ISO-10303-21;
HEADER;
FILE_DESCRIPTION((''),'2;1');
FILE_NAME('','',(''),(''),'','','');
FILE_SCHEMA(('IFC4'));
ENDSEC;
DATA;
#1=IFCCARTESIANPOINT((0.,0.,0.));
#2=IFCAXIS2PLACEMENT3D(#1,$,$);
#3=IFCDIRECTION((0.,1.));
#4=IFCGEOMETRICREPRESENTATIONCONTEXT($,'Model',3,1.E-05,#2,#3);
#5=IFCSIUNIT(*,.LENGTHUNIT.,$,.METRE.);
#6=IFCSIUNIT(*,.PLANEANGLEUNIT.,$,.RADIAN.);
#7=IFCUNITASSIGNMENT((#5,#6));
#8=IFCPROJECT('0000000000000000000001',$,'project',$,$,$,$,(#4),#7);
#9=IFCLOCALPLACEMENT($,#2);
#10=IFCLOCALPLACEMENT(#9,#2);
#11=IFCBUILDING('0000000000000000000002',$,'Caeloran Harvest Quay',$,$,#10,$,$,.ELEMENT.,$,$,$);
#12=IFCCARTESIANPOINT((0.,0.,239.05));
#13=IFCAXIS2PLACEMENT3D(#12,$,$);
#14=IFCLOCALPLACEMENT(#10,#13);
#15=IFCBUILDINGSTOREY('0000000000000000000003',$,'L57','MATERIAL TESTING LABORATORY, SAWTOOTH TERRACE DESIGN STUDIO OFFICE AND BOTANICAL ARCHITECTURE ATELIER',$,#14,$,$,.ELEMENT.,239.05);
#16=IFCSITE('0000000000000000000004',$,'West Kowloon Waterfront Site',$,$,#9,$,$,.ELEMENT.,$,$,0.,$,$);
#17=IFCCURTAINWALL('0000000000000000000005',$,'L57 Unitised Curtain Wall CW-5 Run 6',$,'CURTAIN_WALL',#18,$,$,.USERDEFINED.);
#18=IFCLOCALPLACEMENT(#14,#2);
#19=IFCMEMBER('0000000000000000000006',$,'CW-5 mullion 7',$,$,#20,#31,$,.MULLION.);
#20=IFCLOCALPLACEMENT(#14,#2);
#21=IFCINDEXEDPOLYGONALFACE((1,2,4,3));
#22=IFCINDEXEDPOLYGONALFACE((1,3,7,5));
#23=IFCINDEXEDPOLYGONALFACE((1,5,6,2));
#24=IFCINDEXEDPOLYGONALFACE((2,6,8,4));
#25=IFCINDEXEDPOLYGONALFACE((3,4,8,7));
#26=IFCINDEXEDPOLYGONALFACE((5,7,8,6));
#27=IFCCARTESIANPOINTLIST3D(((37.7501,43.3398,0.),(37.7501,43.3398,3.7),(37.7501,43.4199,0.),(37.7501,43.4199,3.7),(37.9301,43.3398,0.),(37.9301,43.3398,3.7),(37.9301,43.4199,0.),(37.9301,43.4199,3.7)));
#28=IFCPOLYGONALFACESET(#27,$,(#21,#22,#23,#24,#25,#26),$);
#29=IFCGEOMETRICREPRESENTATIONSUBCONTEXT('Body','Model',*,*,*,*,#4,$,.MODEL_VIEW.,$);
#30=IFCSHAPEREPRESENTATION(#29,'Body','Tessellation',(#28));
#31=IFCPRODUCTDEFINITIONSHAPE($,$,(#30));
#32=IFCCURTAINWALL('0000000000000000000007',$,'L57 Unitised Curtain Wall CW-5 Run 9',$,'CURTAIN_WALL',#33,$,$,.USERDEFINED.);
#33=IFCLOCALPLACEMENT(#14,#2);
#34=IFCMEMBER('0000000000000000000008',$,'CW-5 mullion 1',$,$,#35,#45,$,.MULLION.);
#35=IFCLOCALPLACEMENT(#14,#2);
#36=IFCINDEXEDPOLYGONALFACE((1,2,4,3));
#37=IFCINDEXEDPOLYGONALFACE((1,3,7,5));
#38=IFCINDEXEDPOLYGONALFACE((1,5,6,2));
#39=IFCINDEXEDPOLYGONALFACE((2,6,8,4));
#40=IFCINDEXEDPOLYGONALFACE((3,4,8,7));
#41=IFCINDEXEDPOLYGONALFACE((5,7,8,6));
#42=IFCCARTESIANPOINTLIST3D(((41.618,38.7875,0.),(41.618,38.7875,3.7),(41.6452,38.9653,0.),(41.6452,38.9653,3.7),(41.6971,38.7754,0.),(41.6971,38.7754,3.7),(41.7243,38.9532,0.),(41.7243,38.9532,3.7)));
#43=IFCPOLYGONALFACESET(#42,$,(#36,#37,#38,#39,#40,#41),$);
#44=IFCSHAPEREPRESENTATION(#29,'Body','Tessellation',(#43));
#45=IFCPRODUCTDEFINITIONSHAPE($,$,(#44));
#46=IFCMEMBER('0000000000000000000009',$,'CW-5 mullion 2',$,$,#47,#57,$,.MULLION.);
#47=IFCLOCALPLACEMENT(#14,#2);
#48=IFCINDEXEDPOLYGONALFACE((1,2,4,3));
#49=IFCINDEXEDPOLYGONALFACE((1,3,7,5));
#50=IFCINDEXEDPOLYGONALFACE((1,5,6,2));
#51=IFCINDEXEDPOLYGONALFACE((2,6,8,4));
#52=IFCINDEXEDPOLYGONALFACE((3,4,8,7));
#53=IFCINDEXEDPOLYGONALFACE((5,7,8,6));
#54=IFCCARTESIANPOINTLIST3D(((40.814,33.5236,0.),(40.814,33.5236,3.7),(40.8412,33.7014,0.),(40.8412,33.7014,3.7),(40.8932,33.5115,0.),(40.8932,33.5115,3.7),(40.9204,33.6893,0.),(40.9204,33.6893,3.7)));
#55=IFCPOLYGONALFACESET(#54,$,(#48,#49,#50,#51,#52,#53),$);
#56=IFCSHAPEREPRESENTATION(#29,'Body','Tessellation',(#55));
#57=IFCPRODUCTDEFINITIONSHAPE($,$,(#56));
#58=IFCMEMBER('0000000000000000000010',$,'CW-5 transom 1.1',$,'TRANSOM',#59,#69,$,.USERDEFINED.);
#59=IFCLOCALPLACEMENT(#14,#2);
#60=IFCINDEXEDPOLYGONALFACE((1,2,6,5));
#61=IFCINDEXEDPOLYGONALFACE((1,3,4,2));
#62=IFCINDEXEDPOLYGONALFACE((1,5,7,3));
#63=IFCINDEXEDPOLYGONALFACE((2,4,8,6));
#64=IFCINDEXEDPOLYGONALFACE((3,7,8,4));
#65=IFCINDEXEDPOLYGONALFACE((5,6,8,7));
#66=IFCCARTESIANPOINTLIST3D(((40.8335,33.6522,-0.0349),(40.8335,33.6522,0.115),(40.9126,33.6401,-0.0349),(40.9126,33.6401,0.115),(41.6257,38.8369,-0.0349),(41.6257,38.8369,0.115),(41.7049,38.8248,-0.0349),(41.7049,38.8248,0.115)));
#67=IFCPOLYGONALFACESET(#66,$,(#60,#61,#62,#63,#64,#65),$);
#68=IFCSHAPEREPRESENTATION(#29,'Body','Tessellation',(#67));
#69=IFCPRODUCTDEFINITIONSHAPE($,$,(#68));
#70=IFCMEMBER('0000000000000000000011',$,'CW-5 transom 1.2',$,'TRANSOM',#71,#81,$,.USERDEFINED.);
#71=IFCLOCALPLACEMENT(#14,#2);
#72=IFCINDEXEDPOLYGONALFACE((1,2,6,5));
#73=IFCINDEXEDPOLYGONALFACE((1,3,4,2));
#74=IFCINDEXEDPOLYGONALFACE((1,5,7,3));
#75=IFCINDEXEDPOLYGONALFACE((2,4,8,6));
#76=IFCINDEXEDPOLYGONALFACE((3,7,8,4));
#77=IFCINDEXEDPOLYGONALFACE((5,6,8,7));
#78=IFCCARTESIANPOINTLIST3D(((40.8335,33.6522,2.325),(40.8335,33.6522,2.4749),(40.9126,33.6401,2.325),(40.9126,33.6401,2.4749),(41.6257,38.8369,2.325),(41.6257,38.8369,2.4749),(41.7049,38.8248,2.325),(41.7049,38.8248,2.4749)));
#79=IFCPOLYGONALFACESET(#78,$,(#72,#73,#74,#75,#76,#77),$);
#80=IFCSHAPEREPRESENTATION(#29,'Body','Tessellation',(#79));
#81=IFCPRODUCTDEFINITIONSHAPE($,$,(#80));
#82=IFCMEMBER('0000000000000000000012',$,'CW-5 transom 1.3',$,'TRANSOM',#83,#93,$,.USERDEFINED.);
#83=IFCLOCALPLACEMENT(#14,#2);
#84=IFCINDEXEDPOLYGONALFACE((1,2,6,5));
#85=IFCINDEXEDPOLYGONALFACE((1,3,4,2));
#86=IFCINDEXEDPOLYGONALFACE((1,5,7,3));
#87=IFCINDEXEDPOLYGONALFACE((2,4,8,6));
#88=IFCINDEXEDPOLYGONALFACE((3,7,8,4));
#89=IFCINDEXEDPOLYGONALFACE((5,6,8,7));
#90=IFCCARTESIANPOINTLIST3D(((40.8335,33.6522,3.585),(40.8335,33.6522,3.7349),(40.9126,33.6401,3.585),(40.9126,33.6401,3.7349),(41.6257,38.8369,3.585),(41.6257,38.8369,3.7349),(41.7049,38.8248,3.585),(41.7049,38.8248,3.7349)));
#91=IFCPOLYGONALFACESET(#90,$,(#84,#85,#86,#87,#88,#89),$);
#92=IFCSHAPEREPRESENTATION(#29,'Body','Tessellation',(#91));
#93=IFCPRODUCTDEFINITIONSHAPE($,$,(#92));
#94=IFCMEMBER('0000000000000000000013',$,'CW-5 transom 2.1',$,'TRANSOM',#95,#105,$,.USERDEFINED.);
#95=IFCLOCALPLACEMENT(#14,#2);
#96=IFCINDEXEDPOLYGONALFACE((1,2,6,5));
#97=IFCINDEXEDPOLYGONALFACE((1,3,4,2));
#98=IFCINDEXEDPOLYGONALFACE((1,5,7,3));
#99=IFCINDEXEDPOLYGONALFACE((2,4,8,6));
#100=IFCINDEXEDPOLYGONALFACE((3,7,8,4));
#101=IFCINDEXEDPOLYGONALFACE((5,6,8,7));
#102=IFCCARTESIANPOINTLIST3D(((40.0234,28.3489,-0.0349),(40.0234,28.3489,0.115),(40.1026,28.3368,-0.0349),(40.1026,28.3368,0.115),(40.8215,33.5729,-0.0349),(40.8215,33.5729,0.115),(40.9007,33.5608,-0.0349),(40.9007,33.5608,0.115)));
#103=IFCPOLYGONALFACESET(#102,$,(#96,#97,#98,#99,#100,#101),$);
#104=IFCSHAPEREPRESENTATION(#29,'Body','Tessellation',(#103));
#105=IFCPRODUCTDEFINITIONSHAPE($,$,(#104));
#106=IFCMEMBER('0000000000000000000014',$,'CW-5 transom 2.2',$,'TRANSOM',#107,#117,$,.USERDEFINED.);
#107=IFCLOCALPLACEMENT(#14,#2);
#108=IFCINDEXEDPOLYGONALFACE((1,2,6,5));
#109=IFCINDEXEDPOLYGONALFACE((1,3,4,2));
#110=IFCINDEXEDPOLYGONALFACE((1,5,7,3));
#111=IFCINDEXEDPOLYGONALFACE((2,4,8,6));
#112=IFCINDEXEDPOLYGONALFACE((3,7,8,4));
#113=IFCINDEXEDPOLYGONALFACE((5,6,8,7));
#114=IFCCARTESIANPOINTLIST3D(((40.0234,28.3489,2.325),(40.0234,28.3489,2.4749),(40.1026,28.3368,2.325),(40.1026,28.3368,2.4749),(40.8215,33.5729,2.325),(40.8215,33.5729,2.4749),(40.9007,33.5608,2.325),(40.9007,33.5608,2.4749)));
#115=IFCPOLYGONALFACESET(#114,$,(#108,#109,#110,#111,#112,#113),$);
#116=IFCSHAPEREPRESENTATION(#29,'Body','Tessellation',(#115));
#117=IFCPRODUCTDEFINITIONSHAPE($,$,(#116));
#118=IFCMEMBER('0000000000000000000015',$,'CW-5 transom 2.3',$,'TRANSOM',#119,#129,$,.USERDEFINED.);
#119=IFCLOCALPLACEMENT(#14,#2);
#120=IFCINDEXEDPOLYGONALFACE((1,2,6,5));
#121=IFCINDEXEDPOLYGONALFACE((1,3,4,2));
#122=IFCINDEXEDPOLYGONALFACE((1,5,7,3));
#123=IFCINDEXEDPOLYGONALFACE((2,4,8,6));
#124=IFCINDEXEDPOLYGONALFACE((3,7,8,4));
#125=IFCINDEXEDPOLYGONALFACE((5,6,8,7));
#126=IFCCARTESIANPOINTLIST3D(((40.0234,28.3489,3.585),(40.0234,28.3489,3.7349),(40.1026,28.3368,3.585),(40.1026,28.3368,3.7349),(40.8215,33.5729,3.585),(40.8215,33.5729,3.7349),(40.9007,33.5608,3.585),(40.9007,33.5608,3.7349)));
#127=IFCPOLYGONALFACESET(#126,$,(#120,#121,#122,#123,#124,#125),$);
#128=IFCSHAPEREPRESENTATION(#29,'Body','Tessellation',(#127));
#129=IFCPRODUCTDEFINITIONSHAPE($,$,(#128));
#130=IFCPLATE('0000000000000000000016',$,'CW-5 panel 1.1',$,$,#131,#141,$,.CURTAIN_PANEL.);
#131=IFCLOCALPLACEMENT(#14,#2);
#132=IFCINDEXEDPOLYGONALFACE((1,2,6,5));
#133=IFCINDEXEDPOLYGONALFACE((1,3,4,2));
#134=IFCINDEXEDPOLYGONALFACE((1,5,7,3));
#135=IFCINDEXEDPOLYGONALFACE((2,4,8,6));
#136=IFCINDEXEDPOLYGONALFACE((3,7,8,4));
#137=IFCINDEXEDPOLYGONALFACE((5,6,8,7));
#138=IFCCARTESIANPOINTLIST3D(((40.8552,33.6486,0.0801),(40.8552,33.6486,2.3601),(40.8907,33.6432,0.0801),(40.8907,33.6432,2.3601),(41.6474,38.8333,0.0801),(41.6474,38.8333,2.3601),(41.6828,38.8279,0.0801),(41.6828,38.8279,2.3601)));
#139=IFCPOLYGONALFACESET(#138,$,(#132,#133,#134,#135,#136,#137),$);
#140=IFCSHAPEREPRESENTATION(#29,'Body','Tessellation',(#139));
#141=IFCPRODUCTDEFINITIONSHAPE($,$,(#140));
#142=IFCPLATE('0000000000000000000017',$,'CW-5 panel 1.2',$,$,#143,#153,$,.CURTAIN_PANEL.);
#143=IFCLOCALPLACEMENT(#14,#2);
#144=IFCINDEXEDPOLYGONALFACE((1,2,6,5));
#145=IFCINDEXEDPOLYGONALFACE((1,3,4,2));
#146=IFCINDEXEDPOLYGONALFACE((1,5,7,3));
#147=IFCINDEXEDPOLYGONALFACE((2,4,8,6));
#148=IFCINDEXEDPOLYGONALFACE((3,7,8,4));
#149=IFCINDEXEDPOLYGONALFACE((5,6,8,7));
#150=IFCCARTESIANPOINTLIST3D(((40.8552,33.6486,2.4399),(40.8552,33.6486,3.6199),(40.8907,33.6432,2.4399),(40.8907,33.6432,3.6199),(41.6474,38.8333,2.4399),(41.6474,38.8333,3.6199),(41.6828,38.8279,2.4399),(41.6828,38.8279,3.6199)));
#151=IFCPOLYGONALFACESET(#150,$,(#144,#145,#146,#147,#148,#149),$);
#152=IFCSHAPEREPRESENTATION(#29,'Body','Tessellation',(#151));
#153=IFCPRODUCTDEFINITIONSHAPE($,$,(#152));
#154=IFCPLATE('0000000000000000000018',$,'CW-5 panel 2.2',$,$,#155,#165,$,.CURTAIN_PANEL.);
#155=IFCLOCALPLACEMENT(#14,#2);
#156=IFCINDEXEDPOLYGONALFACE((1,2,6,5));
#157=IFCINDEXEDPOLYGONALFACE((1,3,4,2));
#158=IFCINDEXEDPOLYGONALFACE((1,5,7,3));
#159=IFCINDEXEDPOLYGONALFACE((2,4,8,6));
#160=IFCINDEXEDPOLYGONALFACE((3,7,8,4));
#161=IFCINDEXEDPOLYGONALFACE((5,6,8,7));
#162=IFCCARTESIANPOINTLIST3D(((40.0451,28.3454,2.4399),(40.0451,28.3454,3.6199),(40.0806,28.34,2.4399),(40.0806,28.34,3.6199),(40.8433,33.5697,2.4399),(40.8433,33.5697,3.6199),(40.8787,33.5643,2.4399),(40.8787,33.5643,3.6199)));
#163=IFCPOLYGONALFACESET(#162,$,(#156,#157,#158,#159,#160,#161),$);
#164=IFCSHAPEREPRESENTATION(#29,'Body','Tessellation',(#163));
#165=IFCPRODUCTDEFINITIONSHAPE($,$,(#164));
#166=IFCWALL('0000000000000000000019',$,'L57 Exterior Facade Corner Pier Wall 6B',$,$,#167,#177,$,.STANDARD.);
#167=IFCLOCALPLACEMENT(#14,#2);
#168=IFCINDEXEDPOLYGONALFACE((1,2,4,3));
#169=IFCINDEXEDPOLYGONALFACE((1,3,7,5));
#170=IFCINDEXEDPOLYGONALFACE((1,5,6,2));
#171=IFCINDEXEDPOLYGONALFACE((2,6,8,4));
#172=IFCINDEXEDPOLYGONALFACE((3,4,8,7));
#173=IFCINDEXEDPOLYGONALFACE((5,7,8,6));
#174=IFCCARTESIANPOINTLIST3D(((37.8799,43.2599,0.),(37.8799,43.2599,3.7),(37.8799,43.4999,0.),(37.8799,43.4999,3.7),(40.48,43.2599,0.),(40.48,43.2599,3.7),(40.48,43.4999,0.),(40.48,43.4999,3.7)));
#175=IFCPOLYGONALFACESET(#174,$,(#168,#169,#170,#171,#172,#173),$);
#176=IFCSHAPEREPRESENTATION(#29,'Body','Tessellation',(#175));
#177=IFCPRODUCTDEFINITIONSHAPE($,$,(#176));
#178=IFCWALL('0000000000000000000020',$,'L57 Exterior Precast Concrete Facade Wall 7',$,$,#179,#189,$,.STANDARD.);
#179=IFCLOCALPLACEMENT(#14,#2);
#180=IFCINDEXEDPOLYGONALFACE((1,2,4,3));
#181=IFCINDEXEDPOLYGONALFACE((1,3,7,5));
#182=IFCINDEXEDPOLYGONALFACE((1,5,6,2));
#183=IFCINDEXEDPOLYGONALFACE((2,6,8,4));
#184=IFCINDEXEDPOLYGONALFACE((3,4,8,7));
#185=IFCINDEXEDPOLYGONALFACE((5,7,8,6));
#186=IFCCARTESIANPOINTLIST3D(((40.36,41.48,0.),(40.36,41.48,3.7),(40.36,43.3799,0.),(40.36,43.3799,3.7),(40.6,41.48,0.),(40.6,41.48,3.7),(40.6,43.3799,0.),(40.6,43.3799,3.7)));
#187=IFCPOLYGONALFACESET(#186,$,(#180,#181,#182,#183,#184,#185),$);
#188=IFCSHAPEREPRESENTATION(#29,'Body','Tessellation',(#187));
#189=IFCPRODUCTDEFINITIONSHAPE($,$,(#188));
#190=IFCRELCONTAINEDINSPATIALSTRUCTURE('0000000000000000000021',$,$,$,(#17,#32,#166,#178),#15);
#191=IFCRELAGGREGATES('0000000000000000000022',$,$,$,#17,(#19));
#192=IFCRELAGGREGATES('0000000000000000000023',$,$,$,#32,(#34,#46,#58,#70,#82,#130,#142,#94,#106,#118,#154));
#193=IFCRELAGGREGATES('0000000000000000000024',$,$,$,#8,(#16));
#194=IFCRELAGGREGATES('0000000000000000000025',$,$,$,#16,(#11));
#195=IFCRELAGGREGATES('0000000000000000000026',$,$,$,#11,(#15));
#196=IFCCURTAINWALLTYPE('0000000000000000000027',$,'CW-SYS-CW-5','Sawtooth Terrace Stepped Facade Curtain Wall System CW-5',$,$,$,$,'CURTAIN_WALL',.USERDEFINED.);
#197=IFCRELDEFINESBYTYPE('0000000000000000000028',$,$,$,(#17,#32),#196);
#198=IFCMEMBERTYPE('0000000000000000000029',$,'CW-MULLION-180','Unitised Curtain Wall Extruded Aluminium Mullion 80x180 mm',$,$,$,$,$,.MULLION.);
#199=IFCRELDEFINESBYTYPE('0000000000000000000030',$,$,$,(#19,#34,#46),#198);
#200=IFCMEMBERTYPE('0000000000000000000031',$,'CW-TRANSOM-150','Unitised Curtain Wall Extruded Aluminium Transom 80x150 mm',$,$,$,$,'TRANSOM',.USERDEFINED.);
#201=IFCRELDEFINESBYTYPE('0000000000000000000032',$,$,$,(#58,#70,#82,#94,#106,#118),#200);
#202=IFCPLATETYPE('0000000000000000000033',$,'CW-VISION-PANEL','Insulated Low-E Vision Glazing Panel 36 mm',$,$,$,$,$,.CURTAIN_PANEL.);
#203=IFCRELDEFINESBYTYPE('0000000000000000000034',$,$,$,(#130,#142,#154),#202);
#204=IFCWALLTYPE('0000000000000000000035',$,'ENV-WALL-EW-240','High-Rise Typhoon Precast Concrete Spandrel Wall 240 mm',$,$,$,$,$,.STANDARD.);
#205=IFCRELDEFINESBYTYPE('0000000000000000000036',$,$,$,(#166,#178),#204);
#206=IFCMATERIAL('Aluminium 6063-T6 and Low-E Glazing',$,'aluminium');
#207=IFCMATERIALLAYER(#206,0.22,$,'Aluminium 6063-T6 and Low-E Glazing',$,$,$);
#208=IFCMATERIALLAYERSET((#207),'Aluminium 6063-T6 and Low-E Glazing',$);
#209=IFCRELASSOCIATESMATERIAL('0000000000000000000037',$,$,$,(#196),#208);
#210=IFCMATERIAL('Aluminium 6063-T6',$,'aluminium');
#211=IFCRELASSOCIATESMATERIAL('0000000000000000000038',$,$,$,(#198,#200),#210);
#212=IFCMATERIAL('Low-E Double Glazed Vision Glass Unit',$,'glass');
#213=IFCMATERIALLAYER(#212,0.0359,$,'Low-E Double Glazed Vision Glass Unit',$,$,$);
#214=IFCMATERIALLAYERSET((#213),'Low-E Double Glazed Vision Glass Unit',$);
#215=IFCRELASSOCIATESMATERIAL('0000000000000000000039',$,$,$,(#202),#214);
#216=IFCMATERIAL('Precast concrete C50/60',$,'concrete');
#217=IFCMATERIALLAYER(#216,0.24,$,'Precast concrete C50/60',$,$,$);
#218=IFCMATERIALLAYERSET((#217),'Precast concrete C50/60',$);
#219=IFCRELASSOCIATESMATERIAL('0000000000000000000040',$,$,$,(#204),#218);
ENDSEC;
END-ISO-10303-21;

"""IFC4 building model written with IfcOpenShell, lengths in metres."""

from ifc_helpers import new_model, si_unit, direction, frame, frame_2d, origin, origin_2d, place, context, subcontext, project, spatial, rectangle, extrude, material, layer, layer_set, material_profile, profile_set, type_object, element, aggregate, save


model = new_model("IFC4")

# Units and contexts
model_context = context("Model", 3, precision=1e-05, world=origin(), true_north=direction((0.0, 1.0)))
body_context = subcontext(model_context, "Body", "Model", "MODEL_VIEW")
ifc_project = project(units=[si_unit("LENGTHUNIT", "METRE"), si_unit("PLANEANGLEUNIT", "RADIAN")], contexts=[model_context])

# Site, building, storey
site_placement = place(None, origin())
site = spatial("IfcSite", under=ifc_project, at=site_placement, Name="West Kowloon Waterfront Site", CompositionType="ELEMENT", RefElevation=0.0)
building_placement = place(site_placement, origin())
building = spatial("IfcBuilding", under=site, at=building_placement, Name="Caeloran Harvest Quay", CompositionType="ELEMENT")
storey_placement = place(building_placement, frame((0.0, 0.0, 239.05)))
storey = spatial("IfcBuildingStorey", under=building, at=storey_placement, Name="L57", Description="MATERIAL TESTING LABORATORY, SAWTOOTH TERRACE DESIGN STUDIO OFFICE AND BOTANICAL ARCHITECTURE ATELIER", CompositionType="ELEMENT", Elevation=239.05)

# Curtain wall, member
ifc_material_1 = material(Name="Aluminium 6063-T6 and Low-E Glazing", Category="aluminium")
ifc_layer_1 = layer(ifc_material_1, 0.22, Name="Aluminium 6063-T6 and Low-E Glazing")
ifc_layer_set_1 = layer_set([ifc_layer_1], Name="Aluminium 6063-T6 and Low-E Glazing")
curtain_wall_type = type_object("IfcCurtainWallType", Name="CW-SYS-CW-5", Description="Sawtooth Terrace Stepped Facade Curtain Wall System CW-5", ElementType="CURTAIN_WALL", PredefinedType="USERDEFINED", material=ifc_layer_set_1)
curtain_wall_1_placement = place(storey_placement, origin())
curtain_wall_1 = element("IfcCurtainWall", 1, at=curtain_wall_1_placement, inside=storey, type_object=curtain_wall_type, Name="L57 Unitised Curtain Wall CW-5 Run 6", ObjectType="CURTAIN_WALL", PredefinedType="USERDEFINED")
ifc_material_2 = material(Name="Aluminium 6063-T6", Category="aluminium")
ifc_material_profile_1 = material_profile(ifc_material_2, rectangle(XDim=0.0801, YDim=0.1799, at=origin_2d()), Name="CW-MULLION-180")
ifc_profile_set_1 = profile_set([ifc_material_profile_1], Name="Aluminium 6063-T6")
member_type_1 = type_object("IfcMemberType", Name="CW-MULLION-180", Description="Unitised Curtain Wall Extruded Aluminium Mullion 80x180 mm", PredefinedType="MULLION", material=ifc_profile_set_1)
member_1_placement = place(storey_placement, frame((37.8401, 43.3799, 0.0), z_axis=(0.0, 0.0, 1.0), x_axis=(0.0, 1.0, 0.0)))
member_1 = element("IfcMember", 2, at=member_1_placement, type_object=member_type_1, Name="CW-5 mullion 7", PredefinedType="MULLION", context=body_context, shape_type="SweptSolid", body=[
    extrude(rectangle(XDim=0.0801, YDim=0.1799, at=origin_2d()), origin(), (0.0, 0.0, 1.0), 3.7),
])
aggregate(curtain_wall_1, [member_1])

# Curtain wall, members, plates
curtain_wall_2_placement = place(storey_placement, origin())
curtain_wall_2 = element("IfcCurtainWall", 3, at=curtain_wall_2_placement, inside=storey, type_object=curtain_wall_type, Name="L57 Unitised Curtain Wall CW-5 Run 9", ObjectType="CURTAIN_WALL", PredefinedType="USERDEFINED")
member_2_placement = place(storey_placement, frame((41.6711, 38.8704, 0.0), z_axis=(0.0, 0.0, 1.0), x_axis=(0.98853, -0.151028, 0.0)))
member_2 = element("IfcMember", 4, at=member_2_placement, type_object=member_type_1, Name="CW-5 mullion 1", PredefinedType="MULLION", context=body_context, shape_type="SweptSolid", body=[
    extrude(rectangle(XDim=0.0801, YDim=0.1799, at=origin_2d()), origin(), (0.0, 0.0, 1.0), 3.7),
])
member_3_placement = place(storey_placement, frame((40.8672, 33.6064, 0.0), z_axis=(0.0, 0.0, 1.0), x_axis=(0.98853, -0.151028, 0.0)))
member_3 = element("IfcMember", 5, at=member_3_placement, type_object=member_type_1, Name="CW-5 mullion 2", PredefinedType="MULLION", context=body_context, shape_type="SweptSolid", body=[
    extrude(rectangle(XDim=0.0801, YDim=0.1799, at=origin_2d()), origin(), (0.0, 0.0, 1.0), 3.7),
])
ifc_material_profile_2 = material_profile(ifc_material_2, rectangle(XDim=0.0801, YDim=0.1499, at=origin_2d()), Name="CW-TRANSOM-150")
ifc_profile_set_2 = profile_set([ifc_material_profile_2], Name="Aluminium 6063-T6")
member_type_2 = type_object("IfcMemberType", Name="CW-TRANSOM-150", Description="Unitised Curtain Wall Extruded Aluminium Transom 80x150 mm", ElementType="TRANSOM", PredefinedType="USERDEFINED", material=ifc_profile_set_2)
member_4_placement = place(storey_placement, frame((41.6653, 38.8308, 0.04), z_axis=(-0.151046, -0.988527, 0.0), x_axis=(0.988527, -0.151046, 0.0)))
member_4 = element("IfcMember", 6, at=member_4_placement, type_object=member_type_2, Name="CW-5 transom 1.1", ObjectType="TRANSOM", PredefinedType="USERDEFINED", context=body_context, shape_type="SweptSolid", body=[
    extrude(rectangle(XDim=0.0801, YDim=0.1499, at=origin_2d()), origin(), (0.0, 0.0, 1.0), 5.2449),
])
member_5_placement = place(storey_placement, frame((41.6653, 38.8308, 2.3999), z_axis=(-0.151046, -0.988527, 0.0), x_axis=(0.988527, -0.151046, 0.0)))
member_5 = element("IfcMember", 7, at=member_5_placement, type_object=member_type_2, Name="CW-5 transom 1.2", ObjectType="TRANSOM", PredefinedType="USERDEFINED", context=body_context, shape_type="SweptSolid", body=[
    extrude(rectangle(XDim=0.0801, YDim=0.1499, at=origin_2d()), origin(), (0.0, 0.0, 1.0), 5.2449),
])
member_6_placement = place(storey_placement, frame((41.6653, 38.8308, 3.6599), z_axis=(-0.151046, -0.988527, 0.0), x_axis=(0.988527, -0.151046, 0.0)))
member_6 = element("IfcMember", 8, at=member_6_placement, type_object=member_type_2, Name="CW-5 transom 1.3", ObjectType="TRANSOM", PredefinedType="USERDEFINED", context=body_context, shape_type="SweptSolid", body=[
    extrude(rectangle(XDim=0.0801, YDim=0.1499, at=origin_2d()), origin(), (0.0, 0.0, 1.0), 5.2449),
])
member_7_placement = place(storey_placement, frame((40.8611, 33.5669, 0.04), z_axis=(-0.151019, -0.988531, 0.0), x_axis=(0.988531, -0.151019, 0.0)))
member_7 = element("IfcMember", 9, at=member_7_placement, type_object=member_type_2, Name="CW-5 transom 2.1", ObjectType="TRANSOM", PredefinedType="USERDEFINED", context=body_context, shape_type="SweptSolid", body=[
    extrude(rectangle(XDim=0.0801, YDim=0.1499, at=origin_2d()), origin(), (0.0, 0.0, 1.0), 5.2847),
])
member_8_placement = place(storey_placement, frame((40.8611, 33.5669, 2.3999), z_axis=(-0.151019, -0.988531, 0.0), x_axis=(0.988531, -0.151019, 0.0)))
member_8 = element("IfcMember", 10, at=member_8_placement, type_object=member_type_2, Name="CW-5 transom 2.2", ObjectType="TRANSOM", PredefinedType="USERDEFINED", context=body_context, shape_type="SweptSolid", body=[
    extrude(rectangle(XDim=0.0801, YDim=0.1499, at=origin_2d()), origin(), (0.0, 0.0, 1.0), 5.2847),
])
member_9_placement = place(storey_placement, frame((40.8611, 33.5669, 3.6599), z_axis=(-0.151019, -0.988531, 0.0), x_axis=(0.988531, -0.151019, 0.0)))
member_9 = element("IfcMember", 11, at=member_9_placement, type_object=member_type_2, Name="CW-5 transom 2.3", ObjectType="TRANSOM", PredefinedType="USERDEFINED", context=body_context, shape_type="SweptSolid", body=[
    extrude(rectangle(XDim=0.0801, YDim=0.1499, at=origin_2d()), origin(), (0.0, 0.0, 1.0), 5.2847),
])
ifc_material_3 = material(Name="Low-E Double Glazed Vision Glass Unit", Category="glass")
ifc_layer_2 = layer(ifc_material_3, 0.0359, Name="Low-E Double Glazed Vision Glass Unit")
ifc_layer_set_2 = layer_set([ifc_layer_2], Name="Low-E Double Glazed Vision Glass Unit")
plate_type = type_object("IfcPlateType", Name="CW-VISION-PANEL", Description="Insulated Low-E Vision Glazing Panel 36 mm", PredefinedType="CURTAIN_PANEL", material=ifc_layer_set_2)
plate_1_placement = place(storey_placement, frame((41.269, 36.2383, 0.0801), z_axis=(0.0, 0.0, 1.0), x_axis=(-0.151028, -0.98853, 0.0)))
plate_1 = element("IfcPlate", 12, at=plate_1_placement, type_object=plate_type, Name="CW-5 panel 1.1", PredefinedType="CURTAIN_PANEL", context=body_context, shape_type="SweptSolid", body=[
    extrude(rectangle(XDim=5.2449, YDim=0.0359, at=origin_2d()), origin(), (0.0, 0.0, 1.0), 2.28),
])
plate_2_placement = place(storey_placement, frame((41.269, 36.2383, 2.4399), z_axis=(0.0, 0.0, 1.0), x_axis=(-0.151028, -0.98853, 0.0)))
plate_2 = element("IfcPlate", 13, at=plate_2_placement, type_object=plate_type, Name="CW-5 panel 1.2", PredefinedType="CURTAIN_PANEL", context=body_context, shape_type="SweptSolid", body=[
    extrude(rectangle(XDim=5.2449, YDim=0.0359, at=origin_2d()), origin(), (0.0, 0.0, 1.0), 1.1799),
])
plate_3_placement = place(storey_placement, frame((40.4619, 30.9548, 2.4399), z_axis=(0.0, 0.0, 1.0), x_axis=(-0.151028, -0.98853, 0.0)))
plate_3 = element("IfcPlate", 14, at=plate_3_placement, type_object=plate_type, Name="CW-5 panel 2.2", PredefinedType="CURTAIN_PANEL", context=body_context, shape_type="SweptSolid", body=[
    extrude(rectangle(XDim=5.2849, YDim=0.0359, at=origin_2d()), origin(), (0.0, 0.0, 1.0), 1.1799),
])
aggregate(curtain_wall_2, [member_2, member_3, member_4, member_5, member_6, plate_1, plate_2, member_7, member_8, member_9, plate_3])

# Walls
ifc_material_4 = material(Name="Precast concrete C50/60", Category="concrete")
ifc_layer_3 = layer(ifc_material_4, 0.24, Name="Precast concrete C50/60")
ifc_layer_set_3 = layer_set([ifc_layer_3], Name="Precast concrete C50/60")
wall_type_1 = type_object("IfcWallType", Name="ENV-WALL-EW-240", Description="High-Rise Typhoon Precast Concrete Spandrel Wall 240 mm", PredefinedType="STANDARD", material=ifc_layer_set_3)
wall_1_placement = place(storey_placement, frame((37.8799, 43.3799, 0.0), z_axis=(0.0, 0.0, 1.0), x_axis=(1.0, 0.0, 0.0)))
element("IfcWall", 15, at=wall_1_placement, inside=storey, type_object=wall_type_1, Name="L57 Exterior Facade Corner Pier Wall 6B", PredefinedType="STANDARD", context=body_context, shape_type="SweptSolid", body=[
    extrude(rectangle(XDim=2.6001, YDim=0.24, at=frame_2d((1.3, 0.0))), origin(), (0.0, 0.0, 1.0), 3.7),
])
wall_2_placement = place(storey_placement, frame((40.48, 43.3799, 0.0), z_axis=(0.0, 0.0, 1.0), x_axis=(0.0, -1.0, 0.0)))
element("IfcWall", 16, at=wall_2_placement, inside=storey, type_object=wall_type_1, Name="L57 Exterior Precast Concrete Facade Wall 7", PredefinedType="STANDARD", context=body_context, shape_type="SweptSolid", body=[
    extrude(rectangle(XDim=1.8999, YDim=0.24, at=frame_2d((0.95, 0.0))), origin(), (0.0, 0.0, 1.0), 3.7),
])

save(model, "model.ifc")
